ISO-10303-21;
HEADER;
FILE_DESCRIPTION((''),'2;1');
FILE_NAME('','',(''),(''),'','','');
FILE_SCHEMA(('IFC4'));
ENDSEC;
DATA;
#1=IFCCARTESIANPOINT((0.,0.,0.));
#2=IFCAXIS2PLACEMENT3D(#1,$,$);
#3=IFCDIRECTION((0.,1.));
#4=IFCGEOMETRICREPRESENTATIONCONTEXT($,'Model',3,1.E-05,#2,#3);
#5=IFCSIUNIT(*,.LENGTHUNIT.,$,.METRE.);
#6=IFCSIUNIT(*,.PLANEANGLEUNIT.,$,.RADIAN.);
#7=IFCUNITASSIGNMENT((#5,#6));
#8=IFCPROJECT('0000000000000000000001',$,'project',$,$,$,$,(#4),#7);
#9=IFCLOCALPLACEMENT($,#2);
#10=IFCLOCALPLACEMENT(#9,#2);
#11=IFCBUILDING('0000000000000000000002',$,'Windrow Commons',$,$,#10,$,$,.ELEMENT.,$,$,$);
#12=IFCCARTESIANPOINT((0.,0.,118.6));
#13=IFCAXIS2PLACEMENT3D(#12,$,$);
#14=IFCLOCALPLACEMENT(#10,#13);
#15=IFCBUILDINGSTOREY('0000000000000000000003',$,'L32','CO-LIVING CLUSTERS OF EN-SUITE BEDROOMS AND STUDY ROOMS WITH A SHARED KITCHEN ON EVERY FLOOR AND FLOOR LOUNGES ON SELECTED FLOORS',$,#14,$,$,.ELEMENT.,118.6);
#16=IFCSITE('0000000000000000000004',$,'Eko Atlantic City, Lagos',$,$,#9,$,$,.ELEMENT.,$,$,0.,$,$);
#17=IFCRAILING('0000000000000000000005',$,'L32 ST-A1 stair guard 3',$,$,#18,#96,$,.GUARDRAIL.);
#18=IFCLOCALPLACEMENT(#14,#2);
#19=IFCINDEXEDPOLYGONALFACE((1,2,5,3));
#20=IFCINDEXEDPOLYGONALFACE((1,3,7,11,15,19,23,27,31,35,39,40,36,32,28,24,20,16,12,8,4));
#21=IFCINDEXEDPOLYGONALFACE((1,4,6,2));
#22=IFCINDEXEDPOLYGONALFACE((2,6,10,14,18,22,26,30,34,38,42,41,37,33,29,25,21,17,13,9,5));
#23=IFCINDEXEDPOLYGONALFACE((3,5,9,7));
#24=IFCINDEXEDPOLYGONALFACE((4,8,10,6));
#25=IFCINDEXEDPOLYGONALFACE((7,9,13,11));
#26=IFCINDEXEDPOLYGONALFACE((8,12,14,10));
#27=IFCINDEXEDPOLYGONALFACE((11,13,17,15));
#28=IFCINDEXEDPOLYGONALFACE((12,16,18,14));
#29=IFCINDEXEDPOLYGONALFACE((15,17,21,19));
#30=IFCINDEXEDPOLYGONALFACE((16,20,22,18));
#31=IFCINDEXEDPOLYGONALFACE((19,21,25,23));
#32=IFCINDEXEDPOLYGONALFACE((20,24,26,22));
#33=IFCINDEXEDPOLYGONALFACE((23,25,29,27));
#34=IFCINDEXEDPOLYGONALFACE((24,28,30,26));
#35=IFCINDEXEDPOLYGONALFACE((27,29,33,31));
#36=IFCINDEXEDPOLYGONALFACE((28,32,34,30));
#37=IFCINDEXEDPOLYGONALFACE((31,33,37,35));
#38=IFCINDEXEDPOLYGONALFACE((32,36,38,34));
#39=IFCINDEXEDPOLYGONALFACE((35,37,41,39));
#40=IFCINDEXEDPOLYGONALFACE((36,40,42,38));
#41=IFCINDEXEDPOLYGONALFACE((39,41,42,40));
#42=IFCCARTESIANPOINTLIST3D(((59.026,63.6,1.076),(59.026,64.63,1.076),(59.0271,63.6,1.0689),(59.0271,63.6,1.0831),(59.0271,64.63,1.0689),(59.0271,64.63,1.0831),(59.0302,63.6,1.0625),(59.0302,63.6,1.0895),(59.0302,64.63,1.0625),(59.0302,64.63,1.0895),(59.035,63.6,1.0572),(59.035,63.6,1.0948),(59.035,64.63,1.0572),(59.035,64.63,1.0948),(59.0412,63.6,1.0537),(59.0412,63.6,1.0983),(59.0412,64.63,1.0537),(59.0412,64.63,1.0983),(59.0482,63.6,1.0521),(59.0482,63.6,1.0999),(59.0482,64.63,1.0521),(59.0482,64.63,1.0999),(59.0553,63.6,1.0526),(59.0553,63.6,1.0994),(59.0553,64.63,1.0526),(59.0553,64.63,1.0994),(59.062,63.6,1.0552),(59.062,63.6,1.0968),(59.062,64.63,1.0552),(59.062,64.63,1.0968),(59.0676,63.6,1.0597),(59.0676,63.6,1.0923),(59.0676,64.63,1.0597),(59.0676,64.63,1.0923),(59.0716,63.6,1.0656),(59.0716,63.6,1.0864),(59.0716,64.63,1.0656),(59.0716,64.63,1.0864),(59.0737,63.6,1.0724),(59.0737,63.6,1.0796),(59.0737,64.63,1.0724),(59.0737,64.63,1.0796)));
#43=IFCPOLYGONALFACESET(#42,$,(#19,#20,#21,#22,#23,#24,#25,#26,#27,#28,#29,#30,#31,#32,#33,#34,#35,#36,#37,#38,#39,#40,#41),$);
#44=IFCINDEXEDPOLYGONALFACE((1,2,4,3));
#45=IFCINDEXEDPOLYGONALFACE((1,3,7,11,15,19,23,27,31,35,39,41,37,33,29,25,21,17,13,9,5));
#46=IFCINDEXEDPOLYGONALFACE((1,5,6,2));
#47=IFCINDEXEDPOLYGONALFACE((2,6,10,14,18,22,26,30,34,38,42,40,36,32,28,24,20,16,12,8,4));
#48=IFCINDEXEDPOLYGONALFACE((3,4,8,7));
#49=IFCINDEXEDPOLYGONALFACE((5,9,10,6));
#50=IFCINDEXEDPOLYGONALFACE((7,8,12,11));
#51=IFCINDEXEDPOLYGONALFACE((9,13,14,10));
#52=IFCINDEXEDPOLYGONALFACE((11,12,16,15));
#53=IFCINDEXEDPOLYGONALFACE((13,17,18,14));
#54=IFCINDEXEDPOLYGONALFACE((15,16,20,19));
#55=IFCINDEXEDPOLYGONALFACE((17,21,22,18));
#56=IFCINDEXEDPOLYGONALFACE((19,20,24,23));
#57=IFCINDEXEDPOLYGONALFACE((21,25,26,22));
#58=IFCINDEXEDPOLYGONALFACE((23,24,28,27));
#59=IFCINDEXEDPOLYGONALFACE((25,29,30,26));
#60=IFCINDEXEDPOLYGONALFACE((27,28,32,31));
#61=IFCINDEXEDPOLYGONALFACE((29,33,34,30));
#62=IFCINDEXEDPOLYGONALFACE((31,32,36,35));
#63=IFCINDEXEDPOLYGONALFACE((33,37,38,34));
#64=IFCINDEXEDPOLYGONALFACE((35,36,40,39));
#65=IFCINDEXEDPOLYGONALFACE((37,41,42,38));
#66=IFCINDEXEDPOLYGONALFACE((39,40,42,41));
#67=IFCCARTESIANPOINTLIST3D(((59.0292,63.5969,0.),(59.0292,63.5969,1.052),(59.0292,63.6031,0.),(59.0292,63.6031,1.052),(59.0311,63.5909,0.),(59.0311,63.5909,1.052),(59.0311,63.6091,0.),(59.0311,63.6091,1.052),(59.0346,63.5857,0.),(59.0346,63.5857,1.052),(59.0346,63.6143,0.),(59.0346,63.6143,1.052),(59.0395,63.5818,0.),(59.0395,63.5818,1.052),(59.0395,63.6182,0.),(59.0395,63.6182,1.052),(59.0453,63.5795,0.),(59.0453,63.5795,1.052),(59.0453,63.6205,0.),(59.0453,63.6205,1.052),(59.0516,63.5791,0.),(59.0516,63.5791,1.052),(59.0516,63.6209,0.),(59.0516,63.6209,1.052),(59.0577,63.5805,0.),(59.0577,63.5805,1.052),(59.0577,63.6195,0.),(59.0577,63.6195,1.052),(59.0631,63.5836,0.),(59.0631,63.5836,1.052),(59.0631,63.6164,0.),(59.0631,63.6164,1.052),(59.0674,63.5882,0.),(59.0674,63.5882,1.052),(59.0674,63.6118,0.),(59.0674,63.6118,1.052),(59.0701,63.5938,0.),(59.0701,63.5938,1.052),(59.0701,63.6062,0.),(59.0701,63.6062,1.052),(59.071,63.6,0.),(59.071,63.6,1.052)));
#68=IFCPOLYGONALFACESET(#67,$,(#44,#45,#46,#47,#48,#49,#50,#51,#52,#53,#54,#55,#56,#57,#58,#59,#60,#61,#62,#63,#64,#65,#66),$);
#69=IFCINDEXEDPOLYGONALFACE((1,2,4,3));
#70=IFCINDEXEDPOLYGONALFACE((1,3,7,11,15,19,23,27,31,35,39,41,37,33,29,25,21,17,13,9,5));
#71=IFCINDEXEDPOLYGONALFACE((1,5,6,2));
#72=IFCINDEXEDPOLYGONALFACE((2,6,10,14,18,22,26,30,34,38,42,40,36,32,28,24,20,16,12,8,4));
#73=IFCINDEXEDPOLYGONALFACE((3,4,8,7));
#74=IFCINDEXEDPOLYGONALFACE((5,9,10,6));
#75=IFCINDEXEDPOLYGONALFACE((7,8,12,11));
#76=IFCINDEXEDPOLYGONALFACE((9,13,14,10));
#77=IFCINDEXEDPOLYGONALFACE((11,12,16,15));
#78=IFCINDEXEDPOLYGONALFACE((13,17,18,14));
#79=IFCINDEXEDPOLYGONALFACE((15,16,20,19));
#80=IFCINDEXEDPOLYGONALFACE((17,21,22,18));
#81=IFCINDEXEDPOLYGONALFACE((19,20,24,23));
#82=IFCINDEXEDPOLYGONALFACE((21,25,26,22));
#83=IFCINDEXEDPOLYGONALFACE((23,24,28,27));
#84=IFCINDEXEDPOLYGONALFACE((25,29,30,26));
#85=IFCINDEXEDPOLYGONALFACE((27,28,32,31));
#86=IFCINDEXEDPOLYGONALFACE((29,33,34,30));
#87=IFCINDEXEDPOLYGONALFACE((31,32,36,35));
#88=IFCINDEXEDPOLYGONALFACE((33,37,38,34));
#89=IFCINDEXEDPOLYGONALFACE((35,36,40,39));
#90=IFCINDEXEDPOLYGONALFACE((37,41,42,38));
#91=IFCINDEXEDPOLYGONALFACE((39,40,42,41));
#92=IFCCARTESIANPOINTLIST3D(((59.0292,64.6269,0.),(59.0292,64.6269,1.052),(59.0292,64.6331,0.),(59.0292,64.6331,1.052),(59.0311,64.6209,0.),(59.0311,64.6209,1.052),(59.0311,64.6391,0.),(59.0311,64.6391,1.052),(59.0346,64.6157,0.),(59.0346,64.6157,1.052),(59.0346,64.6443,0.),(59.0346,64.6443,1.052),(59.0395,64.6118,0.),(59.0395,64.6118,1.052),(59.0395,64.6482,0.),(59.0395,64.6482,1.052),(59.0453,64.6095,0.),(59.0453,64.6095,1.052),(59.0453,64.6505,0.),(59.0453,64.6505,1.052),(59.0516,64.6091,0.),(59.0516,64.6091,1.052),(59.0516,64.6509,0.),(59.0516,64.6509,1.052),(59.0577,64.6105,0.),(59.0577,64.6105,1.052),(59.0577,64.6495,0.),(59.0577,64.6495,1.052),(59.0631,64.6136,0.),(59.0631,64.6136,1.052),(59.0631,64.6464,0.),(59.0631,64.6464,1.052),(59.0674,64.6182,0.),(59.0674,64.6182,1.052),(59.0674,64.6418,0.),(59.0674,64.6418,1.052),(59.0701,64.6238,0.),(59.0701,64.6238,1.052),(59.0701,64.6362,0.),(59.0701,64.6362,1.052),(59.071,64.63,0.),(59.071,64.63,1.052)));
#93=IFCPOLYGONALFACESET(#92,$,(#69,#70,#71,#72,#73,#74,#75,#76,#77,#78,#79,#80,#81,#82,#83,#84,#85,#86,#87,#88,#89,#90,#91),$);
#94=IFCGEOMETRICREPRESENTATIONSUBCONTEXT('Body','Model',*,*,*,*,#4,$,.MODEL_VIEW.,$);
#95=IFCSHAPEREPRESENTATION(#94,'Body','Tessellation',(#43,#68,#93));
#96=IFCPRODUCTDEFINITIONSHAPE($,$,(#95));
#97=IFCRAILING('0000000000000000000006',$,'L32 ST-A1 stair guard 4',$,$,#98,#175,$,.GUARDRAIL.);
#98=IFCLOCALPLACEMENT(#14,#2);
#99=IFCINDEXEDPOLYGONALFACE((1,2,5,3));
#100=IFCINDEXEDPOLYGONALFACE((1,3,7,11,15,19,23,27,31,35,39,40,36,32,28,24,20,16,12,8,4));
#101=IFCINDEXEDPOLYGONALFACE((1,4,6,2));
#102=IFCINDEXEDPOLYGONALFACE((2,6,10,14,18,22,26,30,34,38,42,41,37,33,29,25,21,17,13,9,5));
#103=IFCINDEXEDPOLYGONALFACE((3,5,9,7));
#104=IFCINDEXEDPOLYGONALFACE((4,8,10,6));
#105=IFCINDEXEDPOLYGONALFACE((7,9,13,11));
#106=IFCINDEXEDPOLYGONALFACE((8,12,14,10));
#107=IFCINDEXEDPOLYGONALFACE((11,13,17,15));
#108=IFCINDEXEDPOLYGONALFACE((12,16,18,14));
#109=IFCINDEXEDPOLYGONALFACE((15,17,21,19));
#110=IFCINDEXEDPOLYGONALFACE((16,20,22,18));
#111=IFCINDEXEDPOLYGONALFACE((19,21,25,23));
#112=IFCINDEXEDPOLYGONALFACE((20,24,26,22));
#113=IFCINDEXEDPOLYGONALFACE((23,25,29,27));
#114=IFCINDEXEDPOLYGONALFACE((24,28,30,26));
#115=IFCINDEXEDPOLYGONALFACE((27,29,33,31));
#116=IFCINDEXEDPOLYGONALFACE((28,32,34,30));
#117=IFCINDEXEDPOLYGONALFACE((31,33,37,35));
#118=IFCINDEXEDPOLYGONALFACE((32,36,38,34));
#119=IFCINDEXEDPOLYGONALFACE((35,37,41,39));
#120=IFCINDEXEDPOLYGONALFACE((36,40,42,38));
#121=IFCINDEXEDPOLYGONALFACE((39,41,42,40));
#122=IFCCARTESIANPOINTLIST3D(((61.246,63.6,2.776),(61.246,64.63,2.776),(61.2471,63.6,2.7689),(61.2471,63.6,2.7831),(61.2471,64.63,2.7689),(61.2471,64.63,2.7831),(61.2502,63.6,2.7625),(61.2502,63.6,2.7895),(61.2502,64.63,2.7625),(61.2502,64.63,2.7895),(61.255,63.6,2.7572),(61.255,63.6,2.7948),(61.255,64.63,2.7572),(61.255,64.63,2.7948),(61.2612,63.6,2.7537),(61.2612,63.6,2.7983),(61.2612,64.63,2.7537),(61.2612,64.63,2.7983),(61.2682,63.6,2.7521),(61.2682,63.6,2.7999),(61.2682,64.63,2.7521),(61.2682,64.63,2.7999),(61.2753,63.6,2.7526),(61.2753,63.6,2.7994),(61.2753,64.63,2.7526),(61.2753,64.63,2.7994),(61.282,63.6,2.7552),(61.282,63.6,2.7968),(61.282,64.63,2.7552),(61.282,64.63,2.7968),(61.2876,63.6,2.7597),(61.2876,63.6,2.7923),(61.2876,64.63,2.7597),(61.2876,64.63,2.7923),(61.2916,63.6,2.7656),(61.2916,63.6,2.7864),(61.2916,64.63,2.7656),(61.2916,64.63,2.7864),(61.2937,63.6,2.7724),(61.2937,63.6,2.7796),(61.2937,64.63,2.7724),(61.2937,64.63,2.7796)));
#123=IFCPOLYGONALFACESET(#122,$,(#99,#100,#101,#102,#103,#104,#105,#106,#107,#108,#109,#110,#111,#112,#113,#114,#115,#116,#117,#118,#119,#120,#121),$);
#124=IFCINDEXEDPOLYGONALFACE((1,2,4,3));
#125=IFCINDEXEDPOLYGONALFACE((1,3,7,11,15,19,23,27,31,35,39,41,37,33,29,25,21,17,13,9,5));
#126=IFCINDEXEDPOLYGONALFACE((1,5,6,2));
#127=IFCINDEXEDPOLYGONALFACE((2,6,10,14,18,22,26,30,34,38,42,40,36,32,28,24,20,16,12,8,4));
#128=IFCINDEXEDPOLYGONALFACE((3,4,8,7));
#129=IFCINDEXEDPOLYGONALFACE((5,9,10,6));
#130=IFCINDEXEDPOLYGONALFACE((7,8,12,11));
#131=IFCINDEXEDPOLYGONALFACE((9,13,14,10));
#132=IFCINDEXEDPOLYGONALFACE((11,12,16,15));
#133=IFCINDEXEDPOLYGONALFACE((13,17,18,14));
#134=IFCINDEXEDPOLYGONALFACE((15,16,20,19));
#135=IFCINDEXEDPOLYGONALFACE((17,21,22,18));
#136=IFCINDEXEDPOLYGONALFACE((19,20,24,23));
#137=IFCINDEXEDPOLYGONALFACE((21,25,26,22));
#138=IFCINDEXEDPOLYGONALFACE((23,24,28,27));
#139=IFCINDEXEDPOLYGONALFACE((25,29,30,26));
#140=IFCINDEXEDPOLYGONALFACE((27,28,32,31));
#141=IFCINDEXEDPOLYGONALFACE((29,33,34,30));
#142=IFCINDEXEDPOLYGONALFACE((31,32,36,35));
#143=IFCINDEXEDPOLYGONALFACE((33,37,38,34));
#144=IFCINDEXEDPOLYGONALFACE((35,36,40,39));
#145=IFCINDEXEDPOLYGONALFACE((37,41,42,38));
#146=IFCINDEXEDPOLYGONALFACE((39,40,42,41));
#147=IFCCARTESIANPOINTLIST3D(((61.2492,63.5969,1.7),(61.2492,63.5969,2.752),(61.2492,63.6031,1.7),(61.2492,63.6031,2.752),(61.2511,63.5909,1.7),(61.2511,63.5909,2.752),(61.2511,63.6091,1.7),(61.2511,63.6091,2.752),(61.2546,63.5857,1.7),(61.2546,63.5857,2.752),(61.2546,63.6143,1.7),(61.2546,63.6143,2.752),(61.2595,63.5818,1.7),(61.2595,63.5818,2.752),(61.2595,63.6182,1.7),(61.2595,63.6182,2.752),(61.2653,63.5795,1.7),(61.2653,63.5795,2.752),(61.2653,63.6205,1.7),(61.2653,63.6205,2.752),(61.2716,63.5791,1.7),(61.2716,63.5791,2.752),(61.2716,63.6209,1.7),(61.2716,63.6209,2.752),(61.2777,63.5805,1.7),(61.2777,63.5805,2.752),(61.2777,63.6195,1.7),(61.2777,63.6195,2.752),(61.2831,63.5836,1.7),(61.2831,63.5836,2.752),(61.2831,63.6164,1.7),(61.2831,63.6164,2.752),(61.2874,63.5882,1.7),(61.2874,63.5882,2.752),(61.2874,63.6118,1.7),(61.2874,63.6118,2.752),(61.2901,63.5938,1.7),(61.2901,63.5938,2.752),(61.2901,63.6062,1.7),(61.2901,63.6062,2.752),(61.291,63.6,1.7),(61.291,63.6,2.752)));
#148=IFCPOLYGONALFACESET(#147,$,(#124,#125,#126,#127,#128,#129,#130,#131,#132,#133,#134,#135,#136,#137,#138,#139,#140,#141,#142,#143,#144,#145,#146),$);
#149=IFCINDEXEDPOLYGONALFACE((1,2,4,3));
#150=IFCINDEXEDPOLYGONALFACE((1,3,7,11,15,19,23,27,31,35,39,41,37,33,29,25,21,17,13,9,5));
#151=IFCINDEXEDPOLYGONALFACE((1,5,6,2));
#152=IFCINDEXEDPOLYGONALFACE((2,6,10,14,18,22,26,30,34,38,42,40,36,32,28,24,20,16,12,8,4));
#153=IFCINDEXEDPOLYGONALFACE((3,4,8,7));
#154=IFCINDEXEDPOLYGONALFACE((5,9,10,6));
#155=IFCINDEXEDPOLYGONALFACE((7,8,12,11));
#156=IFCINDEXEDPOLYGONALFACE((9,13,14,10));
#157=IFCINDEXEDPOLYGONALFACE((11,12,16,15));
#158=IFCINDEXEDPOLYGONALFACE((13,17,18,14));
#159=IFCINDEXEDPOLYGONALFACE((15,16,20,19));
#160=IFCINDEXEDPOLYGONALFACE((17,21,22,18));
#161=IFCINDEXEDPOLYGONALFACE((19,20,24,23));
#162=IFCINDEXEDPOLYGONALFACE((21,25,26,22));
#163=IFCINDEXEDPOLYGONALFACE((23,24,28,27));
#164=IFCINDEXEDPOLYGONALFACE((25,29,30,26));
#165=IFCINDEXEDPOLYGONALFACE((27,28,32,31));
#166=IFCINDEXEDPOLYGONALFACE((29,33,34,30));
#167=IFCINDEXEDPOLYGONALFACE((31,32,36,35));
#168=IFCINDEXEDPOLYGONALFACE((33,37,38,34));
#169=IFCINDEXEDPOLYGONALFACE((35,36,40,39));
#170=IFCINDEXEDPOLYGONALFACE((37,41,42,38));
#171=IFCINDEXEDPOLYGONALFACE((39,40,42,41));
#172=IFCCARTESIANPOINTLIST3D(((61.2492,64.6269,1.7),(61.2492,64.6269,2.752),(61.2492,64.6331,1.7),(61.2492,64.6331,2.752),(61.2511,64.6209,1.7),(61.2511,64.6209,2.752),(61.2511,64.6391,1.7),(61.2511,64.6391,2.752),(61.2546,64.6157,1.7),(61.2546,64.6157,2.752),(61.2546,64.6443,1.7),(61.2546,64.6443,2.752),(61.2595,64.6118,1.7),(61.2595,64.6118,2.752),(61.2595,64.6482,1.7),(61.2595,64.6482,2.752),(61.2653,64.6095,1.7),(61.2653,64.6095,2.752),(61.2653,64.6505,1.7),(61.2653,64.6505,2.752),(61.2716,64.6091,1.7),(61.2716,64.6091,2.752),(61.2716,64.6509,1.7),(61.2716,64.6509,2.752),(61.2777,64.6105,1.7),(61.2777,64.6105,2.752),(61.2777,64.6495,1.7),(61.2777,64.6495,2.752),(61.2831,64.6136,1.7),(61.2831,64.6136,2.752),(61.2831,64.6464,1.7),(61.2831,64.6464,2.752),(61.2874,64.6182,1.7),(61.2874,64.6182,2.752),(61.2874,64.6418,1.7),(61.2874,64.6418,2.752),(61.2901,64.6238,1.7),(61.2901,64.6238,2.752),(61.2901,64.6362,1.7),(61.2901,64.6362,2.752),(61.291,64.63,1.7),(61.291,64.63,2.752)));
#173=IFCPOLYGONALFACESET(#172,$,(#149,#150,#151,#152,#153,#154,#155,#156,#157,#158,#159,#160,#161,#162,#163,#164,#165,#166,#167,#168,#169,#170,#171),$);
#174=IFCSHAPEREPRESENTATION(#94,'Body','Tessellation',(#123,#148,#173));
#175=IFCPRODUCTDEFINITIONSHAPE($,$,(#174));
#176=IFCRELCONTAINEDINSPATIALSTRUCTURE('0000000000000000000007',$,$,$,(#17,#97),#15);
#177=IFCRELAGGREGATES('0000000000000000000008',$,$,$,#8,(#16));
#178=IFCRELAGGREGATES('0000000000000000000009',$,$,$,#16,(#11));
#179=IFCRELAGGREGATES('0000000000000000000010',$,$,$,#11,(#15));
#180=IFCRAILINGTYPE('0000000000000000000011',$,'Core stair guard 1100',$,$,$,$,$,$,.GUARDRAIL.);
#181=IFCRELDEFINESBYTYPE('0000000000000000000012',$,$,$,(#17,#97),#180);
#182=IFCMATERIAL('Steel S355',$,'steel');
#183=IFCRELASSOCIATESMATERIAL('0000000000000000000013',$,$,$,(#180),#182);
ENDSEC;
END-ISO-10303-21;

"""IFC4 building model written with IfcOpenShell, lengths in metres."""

from ifc_helpers import new_model, si_unit, direction, frame, origin, origin_2d, place, context, subcontext, project, spatial, circle, extrude, material, type_object, element, save


model = new_model("IFC4")

# Units and contexts
model_context = context("Model", 3, precision=1e-05, world=origin(), true_north=direction((0.0, 1.0)))
body_context = subcontext(model_context, "Body", "Model", "MODEL_VIEW")
ifc_project = project(units=[si_unit("LENGTHUNIT", "METRE"), si_unit("PLANEANGLEUNIT", "RADIAN")], contexts=[model_context])

# Site, building, storey
site_placement = place(None, origin())
site = spatial("IfcSite", under=ifc_project, at=site_placement, Name="Eko Atlantic City, Lagos", CompositionType="ELEMENT", RefElevation=0.0)
building_placement = place(site_placement, origin())
building = spatial("IfcBuilding", under=site, at=building_placement, Name="Windrow Commons", CompositionType="ELEMENT")
storey_placement = place(building_placement, frame((0.0, 0.0, 118.6)))
storey = spatial("IfcBuildingStorey", under=building, at=storey_placement, Name="L32", Description="CO-LIVING CLUSTERS OF EN-SUITE BEDROOMS AND STUDY ROOMS WITH A SHARED KITCHEN ON EVERY FLOOR AND FLOOR LOUNGES ON SELECTED FLOORS", CompositionType="ELEMENT", Elevation=118.6)

# Railings
ifc_material_1 = material(Name="Steel S355", Category="steel")
railing_type_1 = type_object("IfcRailingType", Name="Core stair guard 1100", PredefinedType="GUARDRAIL", material=ifc_material_1)
for number, where, name in (
    (1, (59.05, 63.6, 0.0), "L32 ST-A1 stair guard 3"),
    (2, (61.27, 63.6, 1.7), "L32 ST-A1 stair guard 4"),
):
    element("IfcRailing", number, at=place(storey_placement, frame(where)), inside=storey, type_object=railing_type_1, Name=name, PredefinedType="GUARDRAIL", context=body_context, shape_type="SweptSolid", body=[
        extrude(circle(Radius=0.024, at=origin_2d()), frame((0.0, 0.0, 1.076), z_axis=(0.0, 1.0, 0.0), x_axis=(-1.0, 0.0, 0.0)), (0.0, 0.0, 1.0), 1.03),
        extrude(circle(Radius=0.021, at=origin_2d()), origin(), (0.0, 0.0, 1.0), 1.052),
        extrude(circle(Radius=0.021, at=origin_2d()), frame((0.0, 1.03, 0.0)), (0.0, 0.0, 1.0), 1.052),
    ])

save(model, "model.ifc")
